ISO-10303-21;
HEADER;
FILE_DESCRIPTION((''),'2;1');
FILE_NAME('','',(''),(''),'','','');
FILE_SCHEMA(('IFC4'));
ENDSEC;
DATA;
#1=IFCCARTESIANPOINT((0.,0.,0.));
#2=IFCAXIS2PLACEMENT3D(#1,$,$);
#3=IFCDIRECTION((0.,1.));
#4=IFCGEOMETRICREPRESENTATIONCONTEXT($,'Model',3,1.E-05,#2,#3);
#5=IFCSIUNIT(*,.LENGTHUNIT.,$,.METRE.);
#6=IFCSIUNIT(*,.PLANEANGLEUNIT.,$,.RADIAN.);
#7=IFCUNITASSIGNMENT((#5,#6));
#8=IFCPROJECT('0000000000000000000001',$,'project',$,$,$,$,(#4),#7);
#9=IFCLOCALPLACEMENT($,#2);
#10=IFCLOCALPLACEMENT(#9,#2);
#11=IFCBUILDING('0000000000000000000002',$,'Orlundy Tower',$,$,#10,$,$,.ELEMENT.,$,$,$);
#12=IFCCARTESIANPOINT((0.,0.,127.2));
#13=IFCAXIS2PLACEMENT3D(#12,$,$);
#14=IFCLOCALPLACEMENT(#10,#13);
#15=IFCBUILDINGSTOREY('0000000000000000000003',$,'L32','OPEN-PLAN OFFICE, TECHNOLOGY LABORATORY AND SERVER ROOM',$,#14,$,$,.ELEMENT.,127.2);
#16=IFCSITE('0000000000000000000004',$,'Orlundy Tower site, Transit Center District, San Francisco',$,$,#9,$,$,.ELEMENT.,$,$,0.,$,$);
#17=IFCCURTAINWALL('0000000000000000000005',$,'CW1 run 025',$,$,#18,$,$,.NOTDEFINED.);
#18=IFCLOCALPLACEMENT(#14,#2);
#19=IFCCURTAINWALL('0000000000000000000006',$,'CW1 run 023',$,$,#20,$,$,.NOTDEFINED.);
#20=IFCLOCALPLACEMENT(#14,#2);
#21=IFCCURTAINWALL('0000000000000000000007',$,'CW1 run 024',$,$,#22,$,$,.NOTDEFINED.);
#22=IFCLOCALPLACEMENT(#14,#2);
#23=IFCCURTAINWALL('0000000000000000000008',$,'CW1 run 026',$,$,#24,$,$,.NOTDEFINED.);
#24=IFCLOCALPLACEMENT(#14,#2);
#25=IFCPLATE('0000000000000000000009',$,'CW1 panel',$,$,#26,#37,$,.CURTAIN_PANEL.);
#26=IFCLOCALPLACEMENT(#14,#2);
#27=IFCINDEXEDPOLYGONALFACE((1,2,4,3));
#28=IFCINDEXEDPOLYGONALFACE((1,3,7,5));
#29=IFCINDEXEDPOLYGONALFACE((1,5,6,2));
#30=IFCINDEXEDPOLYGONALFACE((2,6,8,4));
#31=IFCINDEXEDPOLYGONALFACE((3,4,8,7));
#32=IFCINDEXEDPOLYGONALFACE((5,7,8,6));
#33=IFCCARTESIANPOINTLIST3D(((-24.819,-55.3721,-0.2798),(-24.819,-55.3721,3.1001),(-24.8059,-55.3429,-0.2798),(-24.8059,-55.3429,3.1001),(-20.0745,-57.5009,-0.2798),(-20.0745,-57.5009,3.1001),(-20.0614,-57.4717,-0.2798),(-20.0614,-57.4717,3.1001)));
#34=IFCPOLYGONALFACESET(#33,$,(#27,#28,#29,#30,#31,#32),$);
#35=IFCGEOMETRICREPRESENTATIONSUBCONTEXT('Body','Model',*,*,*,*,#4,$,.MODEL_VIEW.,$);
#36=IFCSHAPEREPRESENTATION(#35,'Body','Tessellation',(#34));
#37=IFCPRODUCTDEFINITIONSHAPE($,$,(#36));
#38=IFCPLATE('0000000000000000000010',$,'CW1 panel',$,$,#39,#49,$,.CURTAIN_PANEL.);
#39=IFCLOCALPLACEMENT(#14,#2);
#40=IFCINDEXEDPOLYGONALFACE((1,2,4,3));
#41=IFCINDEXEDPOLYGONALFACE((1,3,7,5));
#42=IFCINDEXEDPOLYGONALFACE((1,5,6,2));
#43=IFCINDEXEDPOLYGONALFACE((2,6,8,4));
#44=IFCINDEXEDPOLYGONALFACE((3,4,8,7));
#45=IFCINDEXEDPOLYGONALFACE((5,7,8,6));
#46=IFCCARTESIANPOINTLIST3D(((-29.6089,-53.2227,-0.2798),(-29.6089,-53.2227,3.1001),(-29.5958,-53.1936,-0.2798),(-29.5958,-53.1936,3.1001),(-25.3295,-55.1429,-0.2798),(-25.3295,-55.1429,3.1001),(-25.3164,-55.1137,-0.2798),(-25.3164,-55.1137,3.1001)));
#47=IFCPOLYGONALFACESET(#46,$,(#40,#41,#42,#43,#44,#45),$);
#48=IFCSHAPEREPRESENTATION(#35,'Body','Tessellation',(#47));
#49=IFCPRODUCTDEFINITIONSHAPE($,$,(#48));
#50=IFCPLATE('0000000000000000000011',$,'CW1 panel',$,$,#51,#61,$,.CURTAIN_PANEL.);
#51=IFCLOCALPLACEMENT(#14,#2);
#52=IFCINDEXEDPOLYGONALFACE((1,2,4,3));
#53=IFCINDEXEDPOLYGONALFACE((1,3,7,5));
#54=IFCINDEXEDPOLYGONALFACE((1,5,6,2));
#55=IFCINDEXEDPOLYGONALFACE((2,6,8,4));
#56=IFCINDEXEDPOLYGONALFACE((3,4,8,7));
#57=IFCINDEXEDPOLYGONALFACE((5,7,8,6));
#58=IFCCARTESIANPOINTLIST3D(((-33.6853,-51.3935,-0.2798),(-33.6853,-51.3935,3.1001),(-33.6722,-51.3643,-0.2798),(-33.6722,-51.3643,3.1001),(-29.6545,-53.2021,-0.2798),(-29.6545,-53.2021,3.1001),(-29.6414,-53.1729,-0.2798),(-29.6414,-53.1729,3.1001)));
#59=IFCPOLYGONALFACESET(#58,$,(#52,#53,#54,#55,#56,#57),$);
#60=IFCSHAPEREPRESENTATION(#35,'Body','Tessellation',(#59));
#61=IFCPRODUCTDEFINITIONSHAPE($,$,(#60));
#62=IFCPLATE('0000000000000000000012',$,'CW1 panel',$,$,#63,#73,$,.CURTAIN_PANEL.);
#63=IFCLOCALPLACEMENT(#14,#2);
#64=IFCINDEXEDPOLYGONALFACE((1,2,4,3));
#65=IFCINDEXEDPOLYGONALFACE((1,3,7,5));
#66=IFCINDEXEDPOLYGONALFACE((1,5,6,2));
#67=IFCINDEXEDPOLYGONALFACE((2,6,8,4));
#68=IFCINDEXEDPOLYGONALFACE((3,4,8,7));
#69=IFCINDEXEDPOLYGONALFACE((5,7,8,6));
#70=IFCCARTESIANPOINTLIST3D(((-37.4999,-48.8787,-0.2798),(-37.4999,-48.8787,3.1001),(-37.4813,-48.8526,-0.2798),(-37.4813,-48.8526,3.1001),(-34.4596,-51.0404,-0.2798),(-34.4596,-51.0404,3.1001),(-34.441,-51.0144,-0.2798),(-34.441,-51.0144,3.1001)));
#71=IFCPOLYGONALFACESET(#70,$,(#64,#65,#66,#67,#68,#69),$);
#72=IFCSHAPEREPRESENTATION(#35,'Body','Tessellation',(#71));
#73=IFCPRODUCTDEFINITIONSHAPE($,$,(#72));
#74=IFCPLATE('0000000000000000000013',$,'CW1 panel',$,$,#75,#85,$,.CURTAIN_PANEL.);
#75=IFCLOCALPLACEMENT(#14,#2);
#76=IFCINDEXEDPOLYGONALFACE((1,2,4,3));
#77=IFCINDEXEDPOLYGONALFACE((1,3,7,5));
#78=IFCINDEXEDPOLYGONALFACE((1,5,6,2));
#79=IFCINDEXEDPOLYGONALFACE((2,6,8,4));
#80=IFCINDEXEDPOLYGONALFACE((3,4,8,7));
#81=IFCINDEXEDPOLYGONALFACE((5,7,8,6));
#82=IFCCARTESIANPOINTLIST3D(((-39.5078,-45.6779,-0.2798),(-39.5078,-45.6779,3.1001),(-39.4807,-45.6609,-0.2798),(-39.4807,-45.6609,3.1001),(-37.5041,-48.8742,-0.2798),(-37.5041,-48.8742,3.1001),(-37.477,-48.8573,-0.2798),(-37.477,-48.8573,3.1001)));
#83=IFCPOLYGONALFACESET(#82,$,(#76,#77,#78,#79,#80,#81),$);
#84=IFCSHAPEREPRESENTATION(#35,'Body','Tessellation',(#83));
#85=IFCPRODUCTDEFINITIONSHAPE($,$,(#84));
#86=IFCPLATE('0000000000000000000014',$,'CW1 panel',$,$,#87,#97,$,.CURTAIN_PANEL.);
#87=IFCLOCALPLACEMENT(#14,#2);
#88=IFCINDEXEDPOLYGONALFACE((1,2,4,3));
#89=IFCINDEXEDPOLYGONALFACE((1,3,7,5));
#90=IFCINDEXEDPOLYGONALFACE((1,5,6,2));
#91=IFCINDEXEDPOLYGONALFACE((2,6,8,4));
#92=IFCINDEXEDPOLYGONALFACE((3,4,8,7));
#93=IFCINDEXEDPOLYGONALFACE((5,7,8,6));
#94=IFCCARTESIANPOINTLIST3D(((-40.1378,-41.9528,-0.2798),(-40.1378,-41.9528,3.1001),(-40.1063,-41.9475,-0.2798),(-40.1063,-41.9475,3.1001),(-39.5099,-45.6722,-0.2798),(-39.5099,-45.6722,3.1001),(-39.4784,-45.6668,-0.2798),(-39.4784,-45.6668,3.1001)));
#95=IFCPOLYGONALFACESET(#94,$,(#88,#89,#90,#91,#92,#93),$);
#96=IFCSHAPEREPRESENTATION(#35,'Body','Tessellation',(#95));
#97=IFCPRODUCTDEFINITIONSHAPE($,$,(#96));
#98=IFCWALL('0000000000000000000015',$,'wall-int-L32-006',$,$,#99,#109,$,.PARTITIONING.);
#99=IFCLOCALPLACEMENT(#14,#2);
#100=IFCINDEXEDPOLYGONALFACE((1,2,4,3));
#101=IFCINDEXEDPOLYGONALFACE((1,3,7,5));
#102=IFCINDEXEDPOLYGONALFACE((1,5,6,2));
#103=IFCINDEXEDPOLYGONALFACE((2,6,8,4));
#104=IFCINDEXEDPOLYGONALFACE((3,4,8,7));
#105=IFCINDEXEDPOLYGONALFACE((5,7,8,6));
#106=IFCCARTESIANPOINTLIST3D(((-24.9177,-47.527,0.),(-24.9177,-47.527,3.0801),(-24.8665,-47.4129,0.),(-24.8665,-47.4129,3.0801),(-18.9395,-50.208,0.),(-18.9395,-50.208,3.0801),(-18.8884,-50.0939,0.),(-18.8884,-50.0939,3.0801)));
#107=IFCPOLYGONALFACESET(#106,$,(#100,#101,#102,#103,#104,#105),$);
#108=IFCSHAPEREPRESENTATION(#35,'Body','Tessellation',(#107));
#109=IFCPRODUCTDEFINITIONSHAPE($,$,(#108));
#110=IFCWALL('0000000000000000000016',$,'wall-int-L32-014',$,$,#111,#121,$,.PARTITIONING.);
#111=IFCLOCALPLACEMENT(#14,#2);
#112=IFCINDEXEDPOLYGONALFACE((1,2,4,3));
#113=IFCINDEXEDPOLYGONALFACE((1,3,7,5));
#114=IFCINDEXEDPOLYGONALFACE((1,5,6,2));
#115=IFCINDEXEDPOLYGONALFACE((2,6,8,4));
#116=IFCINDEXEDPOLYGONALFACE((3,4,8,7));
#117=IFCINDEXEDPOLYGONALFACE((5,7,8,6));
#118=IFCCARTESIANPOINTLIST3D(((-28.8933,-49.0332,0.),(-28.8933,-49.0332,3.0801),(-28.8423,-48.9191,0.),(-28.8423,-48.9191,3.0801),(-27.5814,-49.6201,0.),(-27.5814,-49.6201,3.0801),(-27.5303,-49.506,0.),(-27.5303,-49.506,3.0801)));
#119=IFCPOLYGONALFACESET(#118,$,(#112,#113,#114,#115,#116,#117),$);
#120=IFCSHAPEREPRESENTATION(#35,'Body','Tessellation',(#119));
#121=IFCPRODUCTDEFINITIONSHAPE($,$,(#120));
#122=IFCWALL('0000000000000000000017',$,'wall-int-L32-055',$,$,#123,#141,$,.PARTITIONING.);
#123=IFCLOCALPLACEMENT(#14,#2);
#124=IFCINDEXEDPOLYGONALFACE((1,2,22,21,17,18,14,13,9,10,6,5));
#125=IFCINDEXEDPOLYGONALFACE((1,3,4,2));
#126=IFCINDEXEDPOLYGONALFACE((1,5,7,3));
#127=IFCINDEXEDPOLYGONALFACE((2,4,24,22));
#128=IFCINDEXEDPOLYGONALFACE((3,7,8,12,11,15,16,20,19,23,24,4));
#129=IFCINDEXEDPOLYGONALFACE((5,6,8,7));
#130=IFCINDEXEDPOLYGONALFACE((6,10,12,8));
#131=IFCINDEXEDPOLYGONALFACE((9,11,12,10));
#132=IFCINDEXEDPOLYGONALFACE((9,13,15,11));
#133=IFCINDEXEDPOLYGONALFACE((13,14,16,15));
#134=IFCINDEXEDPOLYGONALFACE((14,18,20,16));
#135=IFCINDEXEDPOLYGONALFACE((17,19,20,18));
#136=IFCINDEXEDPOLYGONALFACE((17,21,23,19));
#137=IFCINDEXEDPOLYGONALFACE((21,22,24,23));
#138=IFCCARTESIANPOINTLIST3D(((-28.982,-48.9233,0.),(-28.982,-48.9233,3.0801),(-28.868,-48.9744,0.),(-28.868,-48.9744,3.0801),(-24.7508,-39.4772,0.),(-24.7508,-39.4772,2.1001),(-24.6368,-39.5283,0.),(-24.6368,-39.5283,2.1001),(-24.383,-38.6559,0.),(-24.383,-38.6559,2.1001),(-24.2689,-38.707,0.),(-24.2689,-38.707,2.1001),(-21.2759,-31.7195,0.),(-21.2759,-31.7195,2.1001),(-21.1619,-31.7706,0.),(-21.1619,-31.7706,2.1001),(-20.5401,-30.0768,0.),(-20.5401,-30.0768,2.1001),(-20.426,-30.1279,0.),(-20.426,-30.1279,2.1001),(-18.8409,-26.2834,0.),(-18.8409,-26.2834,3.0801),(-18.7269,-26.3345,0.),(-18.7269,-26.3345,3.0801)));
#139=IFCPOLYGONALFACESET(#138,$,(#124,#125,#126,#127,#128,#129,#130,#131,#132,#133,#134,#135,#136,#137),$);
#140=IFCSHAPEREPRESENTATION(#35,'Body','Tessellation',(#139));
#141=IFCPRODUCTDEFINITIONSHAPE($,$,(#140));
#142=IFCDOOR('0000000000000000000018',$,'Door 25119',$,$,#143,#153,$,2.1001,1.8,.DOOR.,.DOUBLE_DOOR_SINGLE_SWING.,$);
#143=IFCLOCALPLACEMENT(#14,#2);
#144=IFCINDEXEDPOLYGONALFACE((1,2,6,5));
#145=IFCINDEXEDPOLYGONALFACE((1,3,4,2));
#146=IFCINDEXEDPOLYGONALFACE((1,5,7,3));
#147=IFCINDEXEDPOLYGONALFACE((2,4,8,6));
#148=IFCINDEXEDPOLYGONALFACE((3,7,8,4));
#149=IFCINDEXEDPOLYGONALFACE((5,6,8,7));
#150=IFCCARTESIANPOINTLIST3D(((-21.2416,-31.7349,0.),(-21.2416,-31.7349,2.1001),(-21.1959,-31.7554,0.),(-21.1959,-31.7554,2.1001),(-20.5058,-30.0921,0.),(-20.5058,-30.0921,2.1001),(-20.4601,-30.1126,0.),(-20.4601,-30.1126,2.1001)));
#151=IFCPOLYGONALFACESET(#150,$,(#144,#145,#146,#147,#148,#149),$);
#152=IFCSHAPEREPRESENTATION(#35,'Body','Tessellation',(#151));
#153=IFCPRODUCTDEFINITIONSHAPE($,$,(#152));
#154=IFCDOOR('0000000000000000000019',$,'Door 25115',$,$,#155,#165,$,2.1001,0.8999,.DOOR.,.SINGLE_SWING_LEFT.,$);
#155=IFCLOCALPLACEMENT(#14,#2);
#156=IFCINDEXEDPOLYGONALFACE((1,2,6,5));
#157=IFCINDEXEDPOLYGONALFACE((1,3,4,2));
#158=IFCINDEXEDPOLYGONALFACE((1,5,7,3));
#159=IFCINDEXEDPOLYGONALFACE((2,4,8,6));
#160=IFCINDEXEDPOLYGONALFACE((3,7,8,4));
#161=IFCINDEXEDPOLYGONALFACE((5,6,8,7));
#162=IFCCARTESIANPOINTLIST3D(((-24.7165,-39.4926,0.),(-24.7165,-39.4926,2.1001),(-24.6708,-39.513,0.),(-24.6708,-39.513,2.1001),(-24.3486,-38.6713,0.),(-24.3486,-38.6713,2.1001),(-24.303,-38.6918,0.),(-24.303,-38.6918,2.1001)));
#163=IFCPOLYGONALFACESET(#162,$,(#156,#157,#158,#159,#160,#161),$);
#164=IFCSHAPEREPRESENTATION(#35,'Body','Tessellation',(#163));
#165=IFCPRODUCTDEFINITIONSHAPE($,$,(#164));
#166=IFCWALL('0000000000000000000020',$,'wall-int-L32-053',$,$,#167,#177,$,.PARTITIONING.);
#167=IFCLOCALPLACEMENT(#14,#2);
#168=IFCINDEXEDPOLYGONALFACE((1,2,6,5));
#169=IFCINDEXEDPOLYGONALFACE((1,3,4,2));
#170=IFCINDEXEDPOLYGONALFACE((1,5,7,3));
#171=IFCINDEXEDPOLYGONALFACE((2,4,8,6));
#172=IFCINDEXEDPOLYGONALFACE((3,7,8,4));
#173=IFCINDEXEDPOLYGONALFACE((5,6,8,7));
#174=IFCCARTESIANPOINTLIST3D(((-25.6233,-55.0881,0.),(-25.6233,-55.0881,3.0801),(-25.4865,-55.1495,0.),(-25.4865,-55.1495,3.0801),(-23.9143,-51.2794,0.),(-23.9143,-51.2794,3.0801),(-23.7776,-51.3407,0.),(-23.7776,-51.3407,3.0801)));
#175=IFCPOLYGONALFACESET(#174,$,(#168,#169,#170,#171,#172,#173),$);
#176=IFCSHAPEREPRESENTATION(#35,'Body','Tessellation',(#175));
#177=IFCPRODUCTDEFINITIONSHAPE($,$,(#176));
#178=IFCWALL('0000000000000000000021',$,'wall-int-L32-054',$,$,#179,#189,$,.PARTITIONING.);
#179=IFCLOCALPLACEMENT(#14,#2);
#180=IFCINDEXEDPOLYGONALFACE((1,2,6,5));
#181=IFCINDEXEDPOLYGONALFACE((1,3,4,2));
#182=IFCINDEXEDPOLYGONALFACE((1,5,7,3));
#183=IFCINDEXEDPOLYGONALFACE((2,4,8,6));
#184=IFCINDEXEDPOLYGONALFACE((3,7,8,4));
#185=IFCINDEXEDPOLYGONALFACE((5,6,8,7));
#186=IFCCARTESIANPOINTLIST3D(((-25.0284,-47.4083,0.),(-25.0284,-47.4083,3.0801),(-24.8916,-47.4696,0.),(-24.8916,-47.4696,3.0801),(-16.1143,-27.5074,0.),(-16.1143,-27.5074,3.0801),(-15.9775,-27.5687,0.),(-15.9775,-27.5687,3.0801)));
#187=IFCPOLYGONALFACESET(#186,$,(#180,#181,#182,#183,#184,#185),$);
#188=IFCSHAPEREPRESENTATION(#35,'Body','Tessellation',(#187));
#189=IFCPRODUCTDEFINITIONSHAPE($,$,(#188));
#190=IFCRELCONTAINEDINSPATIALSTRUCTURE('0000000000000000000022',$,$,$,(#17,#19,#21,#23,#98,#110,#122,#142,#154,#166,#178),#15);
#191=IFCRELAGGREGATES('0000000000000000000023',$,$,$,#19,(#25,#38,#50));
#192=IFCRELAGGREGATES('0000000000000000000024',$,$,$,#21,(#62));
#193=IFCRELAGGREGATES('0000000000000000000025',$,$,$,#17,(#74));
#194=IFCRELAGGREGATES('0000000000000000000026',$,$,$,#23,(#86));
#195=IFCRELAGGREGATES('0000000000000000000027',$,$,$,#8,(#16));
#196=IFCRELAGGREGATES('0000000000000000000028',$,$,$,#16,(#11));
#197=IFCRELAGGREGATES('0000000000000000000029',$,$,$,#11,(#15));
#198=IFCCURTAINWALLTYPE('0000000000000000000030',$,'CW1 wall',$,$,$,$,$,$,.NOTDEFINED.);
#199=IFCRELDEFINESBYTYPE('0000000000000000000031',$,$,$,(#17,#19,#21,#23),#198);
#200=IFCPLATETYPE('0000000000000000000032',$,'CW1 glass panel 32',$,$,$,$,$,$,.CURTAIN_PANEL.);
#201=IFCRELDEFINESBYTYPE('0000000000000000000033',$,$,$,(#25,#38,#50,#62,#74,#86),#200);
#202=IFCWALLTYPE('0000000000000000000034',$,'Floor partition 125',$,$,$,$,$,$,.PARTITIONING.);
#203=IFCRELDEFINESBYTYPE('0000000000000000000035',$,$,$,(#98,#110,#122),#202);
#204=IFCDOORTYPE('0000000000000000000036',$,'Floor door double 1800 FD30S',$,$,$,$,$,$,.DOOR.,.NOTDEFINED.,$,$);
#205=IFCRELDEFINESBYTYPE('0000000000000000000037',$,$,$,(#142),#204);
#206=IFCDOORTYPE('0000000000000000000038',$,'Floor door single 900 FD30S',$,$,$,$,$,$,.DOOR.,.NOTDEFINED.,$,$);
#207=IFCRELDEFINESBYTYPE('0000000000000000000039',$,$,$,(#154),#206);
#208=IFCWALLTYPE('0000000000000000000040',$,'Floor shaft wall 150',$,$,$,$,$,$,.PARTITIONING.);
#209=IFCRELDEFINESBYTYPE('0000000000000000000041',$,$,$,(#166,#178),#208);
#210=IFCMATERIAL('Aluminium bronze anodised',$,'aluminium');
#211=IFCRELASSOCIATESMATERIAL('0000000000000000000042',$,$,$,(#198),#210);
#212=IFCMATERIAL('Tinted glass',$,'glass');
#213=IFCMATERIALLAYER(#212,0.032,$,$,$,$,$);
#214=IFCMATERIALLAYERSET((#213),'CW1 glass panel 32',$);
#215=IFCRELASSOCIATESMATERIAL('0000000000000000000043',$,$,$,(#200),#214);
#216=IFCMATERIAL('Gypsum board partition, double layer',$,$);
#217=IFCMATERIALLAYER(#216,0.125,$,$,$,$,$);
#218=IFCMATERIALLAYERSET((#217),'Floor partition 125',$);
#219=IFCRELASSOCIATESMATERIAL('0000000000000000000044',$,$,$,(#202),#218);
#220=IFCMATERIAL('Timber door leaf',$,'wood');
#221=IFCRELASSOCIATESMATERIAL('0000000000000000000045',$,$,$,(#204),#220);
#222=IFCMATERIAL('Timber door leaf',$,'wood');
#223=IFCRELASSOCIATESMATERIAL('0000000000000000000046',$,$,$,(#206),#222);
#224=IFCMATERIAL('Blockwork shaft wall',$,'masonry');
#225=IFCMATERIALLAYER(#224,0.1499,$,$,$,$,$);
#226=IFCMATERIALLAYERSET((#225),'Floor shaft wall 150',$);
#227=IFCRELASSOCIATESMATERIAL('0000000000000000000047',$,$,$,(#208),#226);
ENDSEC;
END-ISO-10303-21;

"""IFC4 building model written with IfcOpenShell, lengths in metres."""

from ifc_helpers import new_model, si_unit, direction, frame, frame_2d, origin, origin_2d, place, context, subcontext, project, spatial, rectangle, extrude, material, layer, layer_set, type_object, element, fill, aggregate, save


model = new_model("IFC4")

# Units and contexts
model_context = context("Model", 3, precision=1e-05, world=origin(), true_north=direction((0.0, 1.0)))
body_context = subcontext(model_context, "Body", "Model", "MODEL_VIEW")
ifc_project = project(units=[si_unit("LENGTHUNIT", "METRE"), si_unit("PLANEANGLEUNIT", "RADIAN")], contexts=[model_context])

# Site, building, storey
site_placement = place(None, origin())
site = spatial("IfcSite", under=ifc_project, at=site_placement, Name="Orlundy Tower site, Transit Center District, San Francisco", CompositionType="ELEMENT", RefElevation=0.0)
building_placement = place(site_placement, origin())
building = spatial("IfcBuilding", under=site, at=building_placement, Name="Orlundy Tower", CompositionType="ELEMENT")
storey_placement = place(building_placement, frame((0.0, 0.0, 127.2)))
storey = spatial("IfcBuildingStorey", under=building, at=storey_placement, Name="L32", Description="OPEN-PLAN OFFICE, TECHNOLOGY LABORATORY AND SERVER ROOM", CompositionType="ELEMENT", Elevation=127.2)

# Curtain wall
ifc_material_1 = material(Name="Aluminium bronze anodised", Category="aluminium")
curtain_wall_type = type_object("IfcCurtainWallType", Name="CW1 wall", PredefinedType="NOTDEFINED", material=ifc_material_1)
curtain_wall_1_placement = place(storey_placement, origin())
curtain_wall_1 = element("IfcCurtainWall", 1, at=curtain_wall_1_placement, inside=storey, type_object=curtain_wall_type, Name="CW1 run 025", PredefinedType="NOTDEFINED")

# Curtain wall
curtain_wall_2_placement = place(storey_placement, origin())
curtain_wall_2 = element("IfcCurtainWall", 2, at=curtain_wall_2_placement, inside=storey, type_object=curtain_wall_type, Name="CW1 run 023", PredefinedType="NOTDEFINED")

# Curtain wall
curtain_wall_3_placement = place(storey_placement, origin())
curtain_wall_3 = element("IfcCurtainWall", 3, at=curtain_wall_3_placement, inside=storey, type_object=curtain_wall_type, Name="CW1 run 024", PredefinedType="NOTDEFINED")

# Curtain wall
curtain_wall_4_placement = place(storey_placement, origin())
curtain_wall_4 = element("IfcCurtainWall", 4, at=curtain_wall_4_placement, inside=storey, type_object=curtain_wall_type, Name="CW1 run 026", PredefinedType="NOTDEFINED")

# Plates
ifc_material_2 = material(Name="Tinted glass", Category="glass")
ifc_layer_1 = layer(ifc_material_2, 0.032)
ifc_layer_set_1 = layer_set([ifc_layer_1], Name="CW1 glass panel 32")
plate_type = type_object("IfcPlateType", Name="CW1 glass panel 32", PredefinedType="CURTAIN_PANEL", material=ifc_layer_set_1)
plate_1_placement = place(storey_placement, frame((-22.4402, -56.4219, -0.2798), z_axis=(0.0, 0.0, 1.0), x_axis=(-0.912366, 0.409374, 0.0)))
plate_1 = element("IfcPlate", 5, at=plate_1_placement, type_object=plate_type, Name="CW1 panel", PredefinedType="CURTAIN_PANEL", context=body_context, shape_type="SweptSolid", body=[
    extrude(rectangle(XDim=5.2002, YDim=0.032, at=origin_2d()), origin(), (0.0, 0.0, 1.0), 3.3799),
])
plate_2_placement = place(storey_placement, frame((-27.4626, -54.1682, -0.2798), z_axis=(0.0, 0.0, 1.0), x_axis=(-0.912366, 0.409374, 0.0)))
plate_2 = element("IfcPlate", 6, at=plate_2_placement, type_object=plate_type, Name="CW1 panel", PredefinedType="CURTAIN_PANEL", context=body_context, shape_type="SweptSolid", body=[
    extrude(rectangle(XDim=4.6904, YDim=0.032, at=origin_2d()), origin(), (0.0, 0.0, 1.0), 3.3799),
])
plate_3_placement = place(storey_placement, frame((-31.6633, -52.2832, -0.2798), z_axis=(0.0, 0.0, 1.0), x_axis=(-0.912366, 0.409374, 0.0)))
plate_3 = element("IfcPlate", 7, at=plate_3_placement, type_object=plate_type, Name="CW1 panel", PredefinedType="CURTAIN_PANEL", context=body_context, shape_type="SweptSolid", body=[
    extrude(rectangle(XDim=4.418, YDim=0.032, at=origin_2d()), origin(), (0.0, 0.0, 1.0), 3.3799),
])
aggregate(curtain_wall_2, [plate_1, plate_2, plate_3])
plate_4_placement = place(storey_placement, frame((-35.9705, -49.9465, -0.2798), z_axis=(0.0, 0.0, 1.0), x_axis=(-0.814989, 0.579476, 0.0)))
plate_4 = element("IfcPlate", 8, at=plate_4_placement, type_object=plate_type, Name="CW1 panel", PredefinedType="CURTAIN_PANEL", context=body_context, shape_type="SweptSolid", body=[
    extrude(rectangle(XDim=3.7305, YDim=0.032, at=origin_2d()), origin(), (0.0, 0.0, 1.0), 3.3799),
])
aggregate(curtain_wall_3, [plate_4])
plate_5_placement = place(storey_placement, frame((-38.4924, -47.2676, -0.2798), z_axis=(0.0, 0.0, 1.0), x_axis=(-0.531138, 0.847285, 0.0)))
plate_5 = element("IfcPlate", 9, at=plate_5_placement, type_object=plate_type, Name="CW1 panel", PredefinedType="CURTAIN_PANEL", context=body_context, shape_type="SweptSolid", body=[
    extrude(rectangle(XDim=3.7725, YDim=0.032, at=origin_2d()), origin(), (0.0, 0.0, 1.0), 3.3799),
])
aggregate(curtain_wall_1, [plate_5])
plate_6_placement = place(storey_placement, frame((-39.8081, -43.8098, -0.2798), z_axis=(0.0, 0.0, 1.0), x_axis=(-0.166455, 0.986049, 0.0)))
plate_6 = element("IfcPlate", 10, at=plate_6_placement, type_object=plate_type, Name="CW1 panel", PredefinedType="CURTAIN_PANEL", context=body_context, shape_type="SweptSolid", body=[
    extrude(rectangle(XDim=3.772, YDim=0.032, at=origin_2d()), origin(), (0.0, 0.0, 1.0), 3.3799),
])
aggregate(curtain_wall_4, [plate_6])

# Walls
ifc_material_3 = material(Name="Gypsum board partition, double layer")
ifc_layer_2 = layer(ifc_material_3, 0.125)
ifc_layer_set_2 = layer_set([ifc_layer_2], Name="Floor partition 125")
wall_type_1 = type_object("IfcWallType", Name="Floor partition 125", PredefinedType="PARTITIONING", material=ifc_layer_set_2)
wall_1_placement = place(storey_placement, frame((-24.8921, -47.47, 0.0), z_axis=(0.0, 0.0, 1.0), x_axis=(0.912446, -0.409196, 0.0)))
element("IfcWall", 11, at=wall_1_placement, inside=storey, type_object=wall_type_1, Name="wall-int-L32-006", PredefinedType="PARTITIONING", context=body_context, shape_type="SweptSolid", body=[
    extrude(rectangle(XDim=6.5518, YDim=0.125, at=frame_2d((3.2759, 0.0))), origin(), (0.0, 0.0, 1.0), 3.0801),
])
wall_2_placement = place(storey_placement, frame((-28.8679, -48.9761, 0.0), z_axis=(0.0, 0.0, 1.0), x_axis=(0.912828, -0.408344, 0.0)))
element("IfcWall", 12, at=wall_2_placement, inside=storey, type_object=wall_type_1, Name="wall-int-L32-014", PredefinedType="PARTITIONING", context=body_context, shape_type="SweptSolid", body=[
    extrude(rectangle(XDim=1.4373, YDim=0.125, at=frame_2d((0.7188, 0.0))), origin(), (0.0, 0.0, 1.0), 3.0801),
])

# Wall, openings, doors
wall_3_placement = place(storey_placement, frame((-28.925, -48.949, 0.0), z_axis=(0.0, 0.0, 1.0), x_axis=(0.408794, 0.912627, 0.0)))
wall_3 = element("IfcWall", 13, at=wall_3_placement, inside=storey, type_object=wall_type_1, Name="wall-int-L32-055", PredefinedType="PARTITIONING", context=body_context, shape_type="SweptSolid", body=[
    extrude(rectangle(XDim=24.8074, YDim=0.125, at=frame_2d((12.4038, 0.0))), origin(), (0.0, 0.0, 1.0), 3.0801),
])
opening_1_placement = place(wall_3_placement, frame((10.3506, 0.0, 0.0)))
opening_1 = element("IfcOpeningElement", 14, at=opening_1_placement, cuts=wall_3, PredefinedType="OPENING", context=body_context, shape_type="SweptSolid", body=[
    extrude(rectangle(XDim=0.8999, YDim=2.1001, at=frame_2d((0.45, 1.05))), frame((0.0, 0.0725, 0.0), z_axis=(0.0, -1.0, 0.0), x_axis=(1.0, 0.0, 0.0)), (0.0, 0.0, 1.0), 0.145),
])
opening_2_placement = place(wall_3_placement, frame((18.8511, 0.0, 0.0)))
opening_2 = element("IfcOpeningElement", 15, at=opening_2_placement, cuts=wall_3, PredefinedType="OPENING", context=body_context, shape_type="SweptSolid", body=[
    extrude(rectangle(XDim=1.8, YDim=2.1001, at=frame_2d((0.8999, 1.05))), frame((0.0, 0.0725, 0.0), z_axis=(0.0, -1.0, 0.0), x_axis=(1.0, 0.0, 0.0)), (0.0, 0.0, 1.0), 0.145),
])
ifc_material_4 = material(Name="Timber door leaf", Category="wood")
door_type_1 = type_object("IfcDoorType", Name="Floor door double 1800 FD30S", OperationType="NOTDEFINED", PredefinedType="DOOR", material=ifc_material_4)
door_1_placement = place(opening_2_placement, origin())
door_1 = element("IfcDoor", 16, at=door_1_placement, inside=storey, type_object=door_type_1, Name="Door 25119", OperationType="DOUBLE_DOOR_SINGLE_SWING", OverallHeight=2.1001, OverallWidth=1.8, PredefinedType="DOOR", context=body_context, shape_type="SweptSolid", body=[
    extrude(rectangle(XDim=1.8, YDim=2.1001, at=frame_2d((0.8999, 1.05))), frame((0.0, 0.0249, 0.0), z_axis=(0.0, -1.0, 0.0), x_axis=(1.0, 0.0, 0.0)), (0.0, 0.0, 1.0), 0.05),
])
fill(opening_2, door_1)
ifc_material_5 = material(Name="Timber door leaf", Category="wood")
door_type_2 = type_object("IfcDoorType", Name="Floor door single 900 FD30S", OperationType="NOTDEFINED", PredefinedType="DOOR", material=ifc_material_5)
door_2_placement = place(opening_1_placement, origin())
door_2 = element("IfcDoor", 17, at=door_2_placement, inside=storey, type_object=door_type_2, Name="Door 25115", OperationType="SINGLE_SWING_LEFT", OverallHeight=2.1001, OverallWidth=0.8999, PredefinedType="DOOR", context=body_context, shape_type="SweptSolid", body=[
    extrude(rectangle(XDim=0.8999, YDim=2.1001, at=frame_2d((0.45, 1.05))), frame((0.0, 0.0249, 0.0), z_axis=(0.0, -1.0, 0.0), x_axis=(1.0, 0.0, 0.0)), (0.0, 0.0, 1.0), 0.05),
])
fill(opening_1, door_2)

# Walls
ifc_material_6 = material(Name="Blockwork shaft wall", Category="masonry")
ifc_layer_3 = layer(ifc_material_6, 0.1499)
ifc_layer_set_3 = layer_set([ifc_layer_3], Name="Floor shaft wall 150")
wall_type_2 = type_object("IfcWallType", Name="Floor shaft wall 150", PredefinedType="PARTITIONING", material=ifc_layer_set_3)
wall_4_placement = place(storey_placement, frame((-25.5549, -55.1189, 0.0), z_axis=(0.0, 0.0, 1.0), x_axis=(0.40937, 0.912369, 0.0)))
element("IfcWall", 18, at=wall_4_placement, inside=storey, type_object=wall_type_2, Name="wall-int-L32-053", PredefinedType="PARTITIONING", context=body_context, shape_type="SweptSolid", body=[
    extrude(rectangle(XDim=4.1746, YDim=0.1499, at=frame_2d((2.0874, 0.0))), origin(), (0.0, 0.0, 1.0), 3.0801),
])
wall_5_placement = place(storey_placement, frame((-24.96, -47.439, 0.0), z_axis=(0.0, 0.0, 1.0), x_axis=(0.408788, 0.912629, 0.0)))
element("IfcWall", 19, at=wall_5_placement, inside=storey, type_object=wall_type_2, Name="wall-int-L32-054", PredefinedType="PARTITIONING", context=body_context, shape_type="SweptSolid", body=[
    extrude(rectangle(XDim=21.8062, YDim=0.1499, at=frame_2d((10.9031, 0.0))), origin(), (0.0, 0.0, 1.0), 3.0801),
])

save(model, "model.ifc")
